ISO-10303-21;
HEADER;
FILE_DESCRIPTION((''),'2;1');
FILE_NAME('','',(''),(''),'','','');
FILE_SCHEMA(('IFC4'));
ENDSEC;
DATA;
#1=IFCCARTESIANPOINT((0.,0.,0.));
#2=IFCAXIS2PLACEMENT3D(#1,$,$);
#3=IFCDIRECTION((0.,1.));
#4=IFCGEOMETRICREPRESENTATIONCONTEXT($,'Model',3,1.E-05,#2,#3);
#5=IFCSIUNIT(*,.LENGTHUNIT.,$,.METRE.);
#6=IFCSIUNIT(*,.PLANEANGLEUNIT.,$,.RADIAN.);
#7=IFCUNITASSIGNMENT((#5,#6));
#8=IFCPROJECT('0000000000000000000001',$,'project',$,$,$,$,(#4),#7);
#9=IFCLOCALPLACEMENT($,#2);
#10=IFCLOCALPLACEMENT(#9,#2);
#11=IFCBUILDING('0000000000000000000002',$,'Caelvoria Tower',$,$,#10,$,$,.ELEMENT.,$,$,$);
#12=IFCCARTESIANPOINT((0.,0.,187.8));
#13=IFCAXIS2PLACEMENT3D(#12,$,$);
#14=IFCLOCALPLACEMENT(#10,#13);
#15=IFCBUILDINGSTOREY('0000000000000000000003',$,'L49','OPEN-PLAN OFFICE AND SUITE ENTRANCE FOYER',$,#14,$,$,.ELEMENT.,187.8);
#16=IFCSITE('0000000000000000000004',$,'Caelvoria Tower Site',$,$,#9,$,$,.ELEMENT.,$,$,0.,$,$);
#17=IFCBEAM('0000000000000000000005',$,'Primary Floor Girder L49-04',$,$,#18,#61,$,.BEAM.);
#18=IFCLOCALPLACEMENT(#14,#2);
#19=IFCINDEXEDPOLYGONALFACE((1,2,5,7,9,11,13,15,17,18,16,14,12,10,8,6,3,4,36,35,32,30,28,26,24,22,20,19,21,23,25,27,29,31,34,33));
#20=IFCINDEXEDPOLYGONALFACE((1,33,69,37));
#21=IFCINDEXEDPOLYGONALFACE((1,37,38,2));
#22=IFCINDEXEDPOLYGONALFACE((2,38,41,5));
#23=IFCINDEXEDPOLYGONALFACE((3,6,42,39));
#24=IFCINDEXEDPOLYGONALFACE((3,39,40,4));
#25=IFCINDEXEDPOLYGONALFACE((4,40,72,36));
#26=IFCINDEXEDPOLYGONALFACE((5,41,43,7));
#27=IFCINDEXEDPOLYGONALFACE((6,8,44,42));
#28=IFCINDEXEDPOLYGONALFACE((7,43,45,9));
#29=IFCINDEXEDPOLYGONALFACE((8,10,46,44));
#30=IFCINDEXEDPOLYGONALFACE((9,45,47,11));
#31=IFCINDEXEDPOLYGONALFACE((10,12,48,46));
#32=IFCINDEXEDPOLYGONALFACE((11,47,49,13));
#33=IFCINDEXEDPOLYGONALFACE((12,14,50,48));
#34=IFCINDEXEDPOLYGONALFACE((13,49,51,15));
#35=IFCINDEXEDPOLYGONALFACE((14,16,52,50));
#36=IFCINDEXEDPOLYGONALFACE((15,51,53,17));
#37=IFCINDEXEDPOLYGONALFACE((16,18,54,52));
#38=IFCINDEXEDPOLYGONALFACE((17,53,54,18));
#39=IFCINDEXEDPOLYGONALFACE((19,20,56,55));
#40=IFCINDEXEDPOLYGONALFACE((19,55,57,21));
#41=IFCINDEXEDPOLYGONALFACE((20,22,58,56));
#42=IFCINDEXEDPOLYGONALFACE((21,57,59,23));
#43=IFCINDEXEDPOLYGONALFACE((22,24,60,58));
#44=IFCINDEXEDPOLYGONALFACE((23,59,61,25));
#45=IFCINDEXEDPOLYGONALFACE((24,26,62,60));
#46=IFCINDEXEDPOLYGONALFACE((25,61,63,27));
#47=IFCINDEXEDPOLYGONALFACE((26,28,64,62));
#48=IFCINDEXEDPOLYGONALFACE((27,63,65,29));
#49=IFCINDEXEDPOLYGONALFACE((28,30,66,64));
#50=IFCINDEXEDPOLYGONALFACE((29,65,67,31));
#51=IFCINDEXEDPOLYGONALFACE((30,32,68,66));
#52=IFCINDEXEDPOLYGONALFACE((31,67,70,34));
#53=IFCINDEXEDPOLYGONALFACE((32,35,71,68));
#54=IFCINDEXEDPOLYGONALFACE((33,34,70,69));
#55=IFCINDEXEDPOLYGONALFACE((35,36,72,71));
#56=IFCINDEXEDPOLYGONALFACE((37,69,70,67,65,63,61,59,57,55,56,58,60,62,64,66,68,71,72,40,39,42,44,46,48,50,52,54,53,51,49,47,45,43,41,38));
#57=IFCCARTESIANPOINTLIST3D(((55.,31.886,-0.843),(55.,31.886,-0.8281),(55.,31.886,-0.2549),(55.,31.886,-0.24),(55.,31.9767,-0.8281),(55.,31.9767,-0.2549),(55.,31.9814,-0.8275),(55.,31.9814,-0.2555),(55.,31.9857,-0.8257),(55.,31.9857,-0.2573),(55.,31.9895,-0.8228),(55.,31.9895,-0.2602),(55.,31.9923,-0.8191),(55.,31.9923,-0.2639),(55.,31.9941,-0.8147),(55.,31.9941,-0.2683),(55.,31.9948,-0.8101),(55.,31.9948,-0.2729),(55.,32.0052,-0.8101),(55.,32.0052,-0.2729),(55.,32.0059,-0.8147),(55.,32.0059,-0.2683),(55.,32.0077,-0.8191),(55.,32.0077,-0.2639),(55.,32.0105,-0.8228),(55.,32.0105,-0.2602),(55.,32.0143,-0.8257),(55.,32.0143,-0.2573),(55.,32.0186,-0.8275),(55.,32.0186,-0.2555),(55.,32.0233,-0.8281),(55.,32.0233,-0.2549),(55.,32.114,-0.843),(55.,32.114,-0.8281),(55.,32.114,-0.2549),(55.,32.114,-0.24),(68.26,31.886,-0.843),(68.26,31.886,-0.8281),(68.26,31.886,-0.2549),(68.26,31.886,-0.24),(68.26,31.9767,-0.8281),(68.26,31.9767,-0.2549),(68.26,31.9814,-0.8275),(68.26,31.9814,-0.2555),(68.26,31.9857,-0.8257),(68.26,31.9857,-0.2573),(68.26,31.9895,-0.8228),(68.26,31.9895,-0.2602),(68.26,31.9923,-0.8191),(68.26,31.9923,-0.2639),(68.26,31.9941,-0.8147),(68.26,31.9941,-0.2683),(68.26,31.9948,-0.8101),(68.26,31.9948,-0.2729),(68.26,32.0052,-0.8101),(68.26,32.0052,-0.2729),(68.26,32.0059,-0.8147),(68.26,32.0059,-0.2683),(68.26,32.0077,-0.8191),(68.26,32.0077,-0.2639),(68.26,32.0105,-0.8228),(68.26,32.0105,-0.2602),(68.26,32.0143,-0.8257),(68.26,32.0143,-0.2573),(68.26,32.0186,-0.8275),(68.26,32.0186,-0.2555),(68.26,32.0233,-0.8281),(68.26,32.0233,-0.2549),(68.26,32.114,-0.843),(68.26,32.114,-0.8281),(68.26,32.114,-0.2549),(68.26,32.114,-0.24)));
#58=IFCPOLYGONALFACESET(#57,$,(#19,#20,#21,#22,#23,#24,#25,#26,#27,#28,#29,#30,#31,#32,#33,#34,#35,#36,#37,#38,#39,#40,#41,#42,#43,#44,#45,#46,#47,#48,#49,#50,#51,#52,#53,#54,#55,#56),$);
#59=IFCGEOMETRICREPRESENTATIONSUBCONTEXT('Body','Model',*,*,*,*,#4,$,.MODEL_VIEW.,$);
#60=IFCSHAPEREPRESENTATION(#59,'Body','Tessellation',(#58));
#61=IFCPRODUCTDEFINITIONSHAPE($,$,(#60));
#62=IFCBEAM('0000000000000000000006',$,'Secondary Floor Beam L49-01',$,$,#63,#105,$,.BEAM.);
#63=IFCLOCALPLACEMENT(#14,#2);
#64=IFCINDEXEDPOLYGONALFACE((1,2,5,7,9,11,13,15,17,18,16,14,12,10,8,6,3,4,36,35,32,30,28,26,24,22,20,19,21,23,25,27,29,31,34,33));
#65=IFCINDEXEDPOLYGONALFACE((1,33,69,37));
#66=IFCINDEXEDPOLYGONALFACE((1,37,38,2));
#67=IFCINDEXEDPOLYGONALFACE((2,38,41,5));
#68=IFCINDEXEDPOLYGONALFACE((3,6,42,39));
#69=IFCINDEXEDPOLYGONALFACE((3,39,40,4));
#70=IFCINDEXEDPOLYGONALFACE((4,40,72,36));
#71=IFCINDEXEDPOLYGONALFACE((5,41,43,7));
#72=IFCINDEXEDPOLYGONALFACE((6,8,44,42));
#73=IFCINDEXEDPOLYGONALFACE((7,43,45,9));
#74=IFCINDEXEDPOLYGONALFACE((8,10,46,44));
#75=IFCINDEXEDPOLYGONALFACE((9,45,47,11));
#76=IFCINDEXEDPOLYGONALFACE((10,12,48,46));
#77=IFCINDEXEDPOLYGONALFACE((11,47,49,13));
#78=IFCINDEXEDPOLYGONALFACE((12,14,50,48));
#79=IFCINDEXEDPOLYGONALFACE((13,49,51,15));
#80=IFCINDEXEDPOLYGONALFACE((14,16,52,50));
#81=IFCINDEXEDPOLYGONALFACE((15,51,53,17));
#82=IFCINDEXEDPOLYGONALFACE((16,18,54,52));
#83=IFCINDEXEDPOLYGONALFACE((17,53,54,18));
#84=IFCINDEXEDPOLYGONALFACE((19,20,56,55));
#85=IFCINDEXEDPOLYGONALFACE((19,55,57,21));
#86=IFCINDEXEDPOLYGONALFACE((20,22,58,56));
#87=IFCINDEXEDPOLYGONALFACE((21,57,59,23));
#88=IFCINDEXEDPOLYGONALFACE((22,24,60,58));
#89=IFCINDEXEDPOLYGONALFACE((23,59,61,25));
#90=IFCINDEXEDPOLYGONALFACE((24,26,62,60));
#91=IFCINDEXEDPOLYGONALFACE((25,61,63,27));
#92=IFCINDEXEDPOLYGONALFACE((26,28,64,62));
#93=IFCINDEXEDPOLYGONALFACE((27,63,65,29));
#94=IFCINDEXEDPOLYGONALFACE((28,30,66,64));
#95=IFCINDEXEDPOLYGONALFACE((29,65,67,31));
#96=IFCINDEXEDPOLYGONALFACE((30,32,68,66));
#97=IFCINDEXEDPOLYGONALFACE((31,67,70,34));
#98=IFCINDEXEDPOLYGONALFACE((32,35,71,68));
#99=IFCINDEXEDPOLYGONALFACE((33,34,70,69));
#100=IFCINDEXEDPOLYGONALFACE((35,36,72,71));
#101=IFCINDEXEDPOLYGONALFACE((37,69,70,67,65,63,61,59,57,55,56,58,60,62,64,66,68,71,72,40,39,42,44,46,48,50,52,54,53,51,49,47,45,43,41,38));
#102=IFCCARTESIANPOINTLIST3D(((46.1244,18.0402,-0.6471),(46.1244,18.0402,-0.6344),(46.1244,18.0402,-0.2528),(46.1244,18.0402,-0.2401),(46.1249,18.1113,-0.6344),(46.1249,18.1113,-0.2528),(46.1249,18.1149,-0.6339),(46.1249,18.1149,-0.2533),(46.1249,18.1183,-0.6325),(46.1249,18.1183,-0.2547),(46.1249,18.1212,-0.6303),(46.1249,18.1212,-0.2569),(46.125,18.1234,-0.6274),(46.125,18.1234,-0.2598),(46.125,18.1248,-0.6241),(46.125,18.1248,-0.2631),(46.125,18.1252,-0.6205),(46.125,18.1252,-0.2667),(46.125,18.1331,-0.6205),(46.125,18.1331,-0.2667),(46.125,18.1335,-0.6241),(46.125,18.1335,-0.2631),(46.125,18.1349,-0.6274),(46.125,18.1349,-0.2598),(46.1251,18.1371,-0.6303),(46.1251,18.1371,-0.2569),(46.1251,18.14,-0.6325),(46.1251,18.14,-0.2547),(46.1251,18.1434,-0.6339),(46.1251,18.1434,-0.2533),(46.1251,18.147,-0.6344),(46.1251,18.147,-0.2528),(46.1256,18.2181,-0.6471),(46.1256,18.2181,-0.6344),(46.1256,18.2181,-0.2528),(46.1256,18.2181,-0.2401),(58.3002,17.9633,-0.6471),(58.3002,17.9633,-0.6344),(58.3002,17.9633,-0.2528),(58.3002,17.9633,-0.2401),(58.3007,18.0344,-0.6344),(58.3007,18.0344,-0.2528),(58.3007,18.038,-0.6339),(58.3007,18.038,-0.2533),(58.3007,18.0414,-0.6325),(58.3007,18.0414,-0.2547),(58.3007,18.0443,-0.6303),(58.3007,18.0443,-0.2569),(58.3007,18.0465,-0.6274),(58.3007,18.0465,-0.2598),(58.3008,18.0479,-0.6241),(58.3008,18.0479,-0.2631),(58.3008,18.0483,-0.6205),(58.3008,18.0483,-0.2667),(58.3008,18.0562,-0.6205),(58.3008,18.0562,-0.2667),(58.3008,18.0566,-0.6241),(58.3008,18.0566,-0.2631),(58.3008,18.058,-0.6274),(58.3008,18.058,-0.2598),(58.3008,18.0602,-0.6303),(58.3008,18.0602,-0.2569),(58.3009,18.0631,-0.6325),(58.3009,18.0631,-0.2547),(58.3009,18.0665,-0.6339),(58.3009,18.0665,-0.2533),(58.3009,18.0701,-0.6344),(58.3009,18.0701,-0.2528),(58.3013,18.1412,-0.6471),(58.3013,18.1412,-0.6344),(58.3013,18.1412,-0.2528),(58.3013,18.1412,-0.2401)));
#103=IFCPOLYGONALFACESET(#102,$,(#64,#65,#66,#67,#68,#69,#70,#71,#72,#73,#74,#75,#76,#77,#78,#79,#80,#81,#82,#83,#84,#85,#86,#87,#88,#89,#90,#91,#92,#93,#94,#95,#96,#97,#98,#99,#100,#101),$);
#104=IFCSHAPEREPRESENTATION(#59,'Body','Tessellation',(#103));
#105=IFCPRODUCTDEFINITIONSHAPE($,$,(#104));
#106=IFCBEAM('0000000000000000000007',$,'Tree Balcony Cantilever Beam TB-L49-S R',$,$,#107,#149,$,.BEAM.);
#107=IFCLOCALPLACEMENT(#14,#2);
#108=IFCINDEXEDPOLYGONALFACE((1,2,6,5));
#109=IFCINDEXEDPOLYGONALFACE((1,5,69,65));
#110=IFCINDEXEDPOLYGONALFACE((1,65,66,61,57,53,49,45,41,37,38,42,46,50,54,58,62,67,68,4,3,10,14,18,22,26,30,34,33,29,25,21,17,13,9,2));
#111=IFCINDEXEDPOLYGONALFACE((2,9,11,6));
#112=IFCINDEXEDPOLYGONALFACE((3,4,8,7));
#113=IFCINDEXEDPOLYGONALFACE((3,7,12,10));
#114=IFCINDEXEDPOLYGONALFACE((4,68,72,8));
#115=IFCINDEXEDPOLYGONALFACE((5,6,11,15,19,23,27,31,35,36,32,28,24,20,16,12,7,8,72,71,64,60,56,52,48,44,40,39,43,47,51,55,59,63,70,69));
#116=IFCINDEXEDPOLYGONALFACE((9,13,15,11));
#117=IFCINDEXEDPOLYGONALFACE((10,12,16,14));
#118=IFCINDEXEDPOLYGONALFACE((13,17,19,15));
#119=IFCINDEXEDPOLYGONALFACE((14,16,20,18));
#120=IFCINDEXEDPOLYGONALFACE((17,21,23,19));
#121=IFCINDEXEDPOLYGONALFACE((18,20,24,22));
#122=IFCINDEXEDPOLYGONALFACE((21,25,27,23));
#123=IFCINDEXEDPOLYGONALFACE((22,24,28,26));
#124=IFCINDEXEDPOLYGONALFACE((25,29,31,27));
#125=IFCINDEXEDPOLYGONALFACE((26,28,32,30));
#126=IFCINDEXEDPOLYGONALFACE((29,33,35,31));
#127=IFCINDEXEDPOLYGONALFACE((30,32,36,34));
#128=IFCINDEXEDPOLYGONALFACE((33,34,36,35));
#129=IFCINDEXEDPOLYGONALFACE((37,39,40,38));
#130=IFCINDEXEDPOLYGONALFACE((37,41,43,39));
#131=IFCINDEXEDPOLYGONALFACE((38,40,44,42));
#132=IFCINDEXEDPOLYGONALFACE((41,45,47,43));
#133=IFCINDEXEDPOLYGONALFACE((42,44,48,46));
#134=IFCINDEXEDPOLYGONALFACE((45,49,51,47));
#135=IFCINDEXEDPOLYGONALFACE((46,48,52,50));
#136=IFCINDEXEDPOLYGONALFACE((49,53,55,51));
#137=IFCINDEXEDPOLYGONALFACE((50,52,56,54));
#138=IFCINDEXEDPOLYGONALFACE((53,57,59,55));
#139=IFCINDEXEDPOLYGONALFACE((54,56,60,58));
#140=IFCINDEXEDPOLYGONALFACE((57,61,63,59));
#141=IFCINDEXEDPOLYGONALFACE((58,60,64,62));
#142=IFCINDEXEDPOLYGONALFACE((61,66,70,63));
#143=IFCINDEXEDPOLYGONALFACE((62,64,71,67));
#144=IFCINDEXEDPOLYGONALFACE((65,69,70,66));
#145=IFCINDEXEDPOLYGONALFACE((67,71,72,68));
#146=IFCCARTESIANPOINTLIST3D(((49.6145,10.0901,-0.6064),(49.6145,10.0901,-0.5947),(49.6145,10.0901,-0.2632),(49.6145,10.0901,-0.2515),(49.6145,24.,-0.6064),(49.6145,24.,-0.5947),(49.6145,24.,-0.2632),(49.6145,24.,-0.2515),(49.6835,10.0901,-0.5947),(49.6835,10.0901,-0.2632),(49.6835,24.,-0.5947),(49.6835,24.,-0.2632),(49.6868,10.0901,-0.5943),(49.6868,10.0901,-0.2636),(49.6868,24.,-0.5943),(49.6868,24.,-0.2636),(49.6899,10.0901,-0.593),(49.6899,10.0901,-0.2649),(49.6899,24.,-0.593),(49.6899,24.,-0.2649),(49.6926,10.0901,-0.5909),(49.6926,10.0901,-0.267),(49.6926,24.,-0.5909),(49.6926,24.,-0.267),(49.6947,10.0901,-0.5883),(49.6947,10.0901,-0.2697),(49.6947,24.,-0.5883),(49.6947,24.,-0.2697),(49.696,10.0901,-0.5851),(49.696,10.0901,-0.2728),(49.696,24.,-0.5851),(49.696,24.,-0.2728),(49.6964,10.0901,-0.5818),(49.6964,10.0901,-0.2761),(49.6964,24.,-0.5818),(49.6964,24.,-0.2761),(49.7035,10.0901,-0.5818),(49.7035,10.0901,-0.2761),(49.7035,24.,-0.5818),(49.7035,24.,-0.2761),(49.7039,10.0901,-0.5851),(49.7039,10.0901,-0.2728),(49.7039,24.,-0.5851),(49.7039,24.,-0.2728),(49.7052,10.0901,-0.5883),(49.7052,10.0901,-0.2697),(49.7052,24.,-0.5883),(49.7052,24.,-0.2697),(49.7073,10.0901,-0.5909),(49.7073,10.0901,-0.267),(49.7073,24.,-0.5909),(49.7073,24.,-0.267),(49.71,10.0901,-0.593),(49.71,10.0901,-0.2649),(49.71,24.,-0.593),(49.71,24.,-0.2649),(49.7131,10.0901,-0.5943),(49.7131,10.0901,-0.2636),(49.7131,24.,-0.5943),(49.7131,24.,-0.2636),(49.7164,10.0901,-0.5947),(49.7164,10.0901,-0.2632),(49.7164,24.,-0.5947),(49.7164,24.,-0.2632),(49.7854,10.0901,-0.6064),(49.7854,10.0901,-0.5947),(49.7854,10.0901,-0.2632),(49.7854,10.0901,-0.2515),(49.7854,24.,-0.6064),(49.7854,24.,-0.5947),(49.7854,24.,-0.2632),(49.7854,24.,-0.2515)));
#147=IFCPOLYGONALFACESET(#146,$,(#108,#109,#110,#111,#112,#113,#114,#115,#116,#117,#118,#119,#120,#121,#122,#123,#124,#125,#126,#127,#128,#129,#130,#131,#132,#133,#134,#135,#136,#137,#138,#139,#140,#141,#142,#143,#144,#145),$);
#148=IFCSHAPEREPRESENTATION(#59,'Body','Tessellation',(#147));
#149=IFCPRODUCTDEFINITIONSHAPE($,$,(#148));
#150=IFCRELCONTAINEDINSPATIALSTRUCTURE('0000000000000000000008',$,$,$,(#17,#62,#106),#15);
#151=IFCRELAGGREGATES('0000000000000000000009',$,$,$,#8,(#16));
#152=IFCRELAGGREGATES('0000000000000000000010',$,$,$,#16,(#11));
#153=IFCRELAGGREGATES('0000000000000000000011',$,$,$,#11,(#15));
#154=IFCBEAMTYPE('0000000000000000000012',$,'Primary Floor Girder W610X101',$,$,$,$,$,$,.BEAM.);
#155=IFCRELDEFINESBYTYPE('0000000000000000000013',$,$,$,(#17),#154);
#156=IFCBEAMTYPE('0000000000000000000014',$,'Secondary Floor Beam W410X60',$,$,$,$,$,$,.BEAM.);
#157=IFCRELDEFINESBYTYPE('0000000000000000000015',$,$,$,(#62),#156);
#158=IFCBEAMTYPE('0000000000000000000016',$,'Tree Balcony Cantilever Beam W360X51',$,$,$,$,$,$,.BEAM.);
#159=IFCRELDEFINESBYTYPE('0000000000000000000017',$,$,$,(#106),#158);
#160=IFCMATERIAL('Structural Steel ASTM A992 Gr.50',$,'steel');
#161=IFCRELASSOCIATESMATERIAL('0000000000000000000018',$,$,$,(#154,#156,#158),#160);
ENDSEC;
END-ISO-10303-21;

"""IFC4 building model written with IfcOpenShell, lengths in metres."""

from ifc_helpers import new_model, si_unit, direction, frame, origin, origin_2d, place, context, subcontext, project, spatial, i_section, extrude, material, material_profile, profile_set, type_object, element, save


model = new_model("IFC4")

# Units and contexts
model_context = context("Model", 3, precision=1e-05, world=origin(), true_north=direction((0.0, 1.0)))
body_context = subcontext(model_context, "Body", "Model", "MODEL_VIEW")
ifc_project = project(units=[si_unit("LENGTHUNIT", "METRE"), si_unit("PLANEANGLEUNIT", "RADIAN")], contexts=[model_context])

# Site, building, storey
site_placement = place(None, origin())
site = spatial("IfcSite", under=ifc_project, at=site_placement, Name="Caelvoria Tower Site", CompositionType="ELEMENT", RefElevation=0.0)
building_placement = place(site_placement, origin())
building = spatial("IfcBuilding", under=site, at=building_placement, Name="Caelvoria Tower", CompositionType="ELEMENT")
storey_placement = place(building_placement, frame((0.0, 0.0, 187.8)))
storey = spatial("IfcBuildingStorey", under=building, at=storey_placement, Name="L49", Description="OPEN-PLAN OFFICE AND SUITE ENTRANCE FOYER", CompositionType="ELEMENT", Elevation=187.8)

# Shared definitions
ifc_material_1 = material(Name="Structural Steel ASTM A992 Gr.50", Category="steel")

# Beams
ifc_material_profile_1 = material_profile(ifc_material_1, i_section(OverallWidth=0.228, OverallDepth=0.603, WebThickness=0.0105, FlangeThickness=0.0149, FilletRadius=0.0181, at=origin_2d()), Name="Structural Steel ASTM A992 Gr.50")
ifc_profile_set_1 = profile_set([ifc_material_profile_1], Name="W610X101 - Structural Steel ASTM A992 Gr.50")
beam_type_1 = type_object("IfcBeamType", Name="Primary Floor Girder W610X101", PredefinedType="BEAM", material=ifc_profile_set_1)
beam_1_placement = place(storey_placement, frame((55.0, 32.0, -0.5415), z_axis=(1.0, 0.0, 0.0), x_axis=(0.0, 1.0, 0.0)))
element("IfcBeam", 1, at=beam_1_placement, inside=storey, type_object=beam_type_1, Name="Primary Floor Girder L49-04", PredefinedType="BEAM", context=body_context, shape_type="SweptSolid", body=[
    extrude(i_section(OverallWidth=0.228, OverallDepth=0.603, WebThickness=0.0105, FlangeThickness=0.0149, FilletRadius=0.0181, at=origin_2d()), origin(), (0.0, 0.0, 1.0), 13.26),
])
ifc_material_profile_2 = material_profile(ifc_material_1, i_section(OverallWidth=0.178, OverallDepth=0.407, WebThickness=0.0078, FlangeThickness=0.0127, FilletRadius=0.0139, at=origin_2d()), Name="Structural Steel ASTM A992 Gr.50")
ifc_profile_set_2 = profile_set([ifc_material_profile_2], Name="W410X60 - Structural Steel ASTM A992 Gr.50")
beam_type_2 = type_object("IfcBeamType", Name="Secondary Floor Beam W410X60", PredefinedType="BEAM", material=ifc_profile_set_2)
beam_2_placement = place(storey_placement, frame((46.125, 18.1292, -0.4436), z_axis=(0.99998, -0.006316, 0.0), x_axis=(0.006316, 0.99998, 0.0)))
element("IfcBeam", 2, at=beam_2_placement, inside=storey, type_object=beam_type_2, Name="Secondary Floor Beam L49-01", PredefinedType="BEAM", context=body_context, shape_type="SweptSolid", body=[
    extrude(i_section(OverallWidth=0.178, OverallDepth=0.407, WebThickness=0.0078, FlangeThickness=0.0127, FilletRadius=0.0139, at=origin_2d()), origin(), (0.0, 0.0, 1.0), 12.176),
])
ifc_material_profile_3 = material_profile(ifc_material_1, i_section(OverallWidth=0.1709, OverallDepth=0.355, WebThickness=0.0071, FlangeThickness=0.0117, FilletRadius=0.0129, at=origin_2d()), Name="Structural Steel ASTM A992 Gr.50")
ifc_profile_set_3 = profile_set([ifc_material_profile_3], Name="W360X51 - Structural Steel ASTM A992 Gr.50")
beam_type_3 = type_object("IfcBeamType", Name="Tree Balcony Cantilever Beam W360X51", PredefinedType="BEAM", material=ifc_profile_set_3)
beam_3_placement = place(storey_placement, frame((49.7, 24.0, -0.429), z_axis=(0.0, -1.0, 0.0), x_axis=(1.0, 0.0, 0.0)))
element("IfcBeam", 3, at=beam_3_placement, inside=storey, type_object=beam_type_3, Name="Tree Balcony Cantilever Beam TB-L49-S R", PredefinedType="BEAM", context=body_context, shape_type="SweptSolid", body=[
    extrude(i_section(OverallWidth=0.1709, OverallDepth=0.355, WebThickness=0.0071, FlangeThickness=0.0117, FilletRadius=0.0129, at=origin_2d()), origin(), (0.0, 0.0, 1.0), 13.9099),
])

save(model, "model.ifc")
